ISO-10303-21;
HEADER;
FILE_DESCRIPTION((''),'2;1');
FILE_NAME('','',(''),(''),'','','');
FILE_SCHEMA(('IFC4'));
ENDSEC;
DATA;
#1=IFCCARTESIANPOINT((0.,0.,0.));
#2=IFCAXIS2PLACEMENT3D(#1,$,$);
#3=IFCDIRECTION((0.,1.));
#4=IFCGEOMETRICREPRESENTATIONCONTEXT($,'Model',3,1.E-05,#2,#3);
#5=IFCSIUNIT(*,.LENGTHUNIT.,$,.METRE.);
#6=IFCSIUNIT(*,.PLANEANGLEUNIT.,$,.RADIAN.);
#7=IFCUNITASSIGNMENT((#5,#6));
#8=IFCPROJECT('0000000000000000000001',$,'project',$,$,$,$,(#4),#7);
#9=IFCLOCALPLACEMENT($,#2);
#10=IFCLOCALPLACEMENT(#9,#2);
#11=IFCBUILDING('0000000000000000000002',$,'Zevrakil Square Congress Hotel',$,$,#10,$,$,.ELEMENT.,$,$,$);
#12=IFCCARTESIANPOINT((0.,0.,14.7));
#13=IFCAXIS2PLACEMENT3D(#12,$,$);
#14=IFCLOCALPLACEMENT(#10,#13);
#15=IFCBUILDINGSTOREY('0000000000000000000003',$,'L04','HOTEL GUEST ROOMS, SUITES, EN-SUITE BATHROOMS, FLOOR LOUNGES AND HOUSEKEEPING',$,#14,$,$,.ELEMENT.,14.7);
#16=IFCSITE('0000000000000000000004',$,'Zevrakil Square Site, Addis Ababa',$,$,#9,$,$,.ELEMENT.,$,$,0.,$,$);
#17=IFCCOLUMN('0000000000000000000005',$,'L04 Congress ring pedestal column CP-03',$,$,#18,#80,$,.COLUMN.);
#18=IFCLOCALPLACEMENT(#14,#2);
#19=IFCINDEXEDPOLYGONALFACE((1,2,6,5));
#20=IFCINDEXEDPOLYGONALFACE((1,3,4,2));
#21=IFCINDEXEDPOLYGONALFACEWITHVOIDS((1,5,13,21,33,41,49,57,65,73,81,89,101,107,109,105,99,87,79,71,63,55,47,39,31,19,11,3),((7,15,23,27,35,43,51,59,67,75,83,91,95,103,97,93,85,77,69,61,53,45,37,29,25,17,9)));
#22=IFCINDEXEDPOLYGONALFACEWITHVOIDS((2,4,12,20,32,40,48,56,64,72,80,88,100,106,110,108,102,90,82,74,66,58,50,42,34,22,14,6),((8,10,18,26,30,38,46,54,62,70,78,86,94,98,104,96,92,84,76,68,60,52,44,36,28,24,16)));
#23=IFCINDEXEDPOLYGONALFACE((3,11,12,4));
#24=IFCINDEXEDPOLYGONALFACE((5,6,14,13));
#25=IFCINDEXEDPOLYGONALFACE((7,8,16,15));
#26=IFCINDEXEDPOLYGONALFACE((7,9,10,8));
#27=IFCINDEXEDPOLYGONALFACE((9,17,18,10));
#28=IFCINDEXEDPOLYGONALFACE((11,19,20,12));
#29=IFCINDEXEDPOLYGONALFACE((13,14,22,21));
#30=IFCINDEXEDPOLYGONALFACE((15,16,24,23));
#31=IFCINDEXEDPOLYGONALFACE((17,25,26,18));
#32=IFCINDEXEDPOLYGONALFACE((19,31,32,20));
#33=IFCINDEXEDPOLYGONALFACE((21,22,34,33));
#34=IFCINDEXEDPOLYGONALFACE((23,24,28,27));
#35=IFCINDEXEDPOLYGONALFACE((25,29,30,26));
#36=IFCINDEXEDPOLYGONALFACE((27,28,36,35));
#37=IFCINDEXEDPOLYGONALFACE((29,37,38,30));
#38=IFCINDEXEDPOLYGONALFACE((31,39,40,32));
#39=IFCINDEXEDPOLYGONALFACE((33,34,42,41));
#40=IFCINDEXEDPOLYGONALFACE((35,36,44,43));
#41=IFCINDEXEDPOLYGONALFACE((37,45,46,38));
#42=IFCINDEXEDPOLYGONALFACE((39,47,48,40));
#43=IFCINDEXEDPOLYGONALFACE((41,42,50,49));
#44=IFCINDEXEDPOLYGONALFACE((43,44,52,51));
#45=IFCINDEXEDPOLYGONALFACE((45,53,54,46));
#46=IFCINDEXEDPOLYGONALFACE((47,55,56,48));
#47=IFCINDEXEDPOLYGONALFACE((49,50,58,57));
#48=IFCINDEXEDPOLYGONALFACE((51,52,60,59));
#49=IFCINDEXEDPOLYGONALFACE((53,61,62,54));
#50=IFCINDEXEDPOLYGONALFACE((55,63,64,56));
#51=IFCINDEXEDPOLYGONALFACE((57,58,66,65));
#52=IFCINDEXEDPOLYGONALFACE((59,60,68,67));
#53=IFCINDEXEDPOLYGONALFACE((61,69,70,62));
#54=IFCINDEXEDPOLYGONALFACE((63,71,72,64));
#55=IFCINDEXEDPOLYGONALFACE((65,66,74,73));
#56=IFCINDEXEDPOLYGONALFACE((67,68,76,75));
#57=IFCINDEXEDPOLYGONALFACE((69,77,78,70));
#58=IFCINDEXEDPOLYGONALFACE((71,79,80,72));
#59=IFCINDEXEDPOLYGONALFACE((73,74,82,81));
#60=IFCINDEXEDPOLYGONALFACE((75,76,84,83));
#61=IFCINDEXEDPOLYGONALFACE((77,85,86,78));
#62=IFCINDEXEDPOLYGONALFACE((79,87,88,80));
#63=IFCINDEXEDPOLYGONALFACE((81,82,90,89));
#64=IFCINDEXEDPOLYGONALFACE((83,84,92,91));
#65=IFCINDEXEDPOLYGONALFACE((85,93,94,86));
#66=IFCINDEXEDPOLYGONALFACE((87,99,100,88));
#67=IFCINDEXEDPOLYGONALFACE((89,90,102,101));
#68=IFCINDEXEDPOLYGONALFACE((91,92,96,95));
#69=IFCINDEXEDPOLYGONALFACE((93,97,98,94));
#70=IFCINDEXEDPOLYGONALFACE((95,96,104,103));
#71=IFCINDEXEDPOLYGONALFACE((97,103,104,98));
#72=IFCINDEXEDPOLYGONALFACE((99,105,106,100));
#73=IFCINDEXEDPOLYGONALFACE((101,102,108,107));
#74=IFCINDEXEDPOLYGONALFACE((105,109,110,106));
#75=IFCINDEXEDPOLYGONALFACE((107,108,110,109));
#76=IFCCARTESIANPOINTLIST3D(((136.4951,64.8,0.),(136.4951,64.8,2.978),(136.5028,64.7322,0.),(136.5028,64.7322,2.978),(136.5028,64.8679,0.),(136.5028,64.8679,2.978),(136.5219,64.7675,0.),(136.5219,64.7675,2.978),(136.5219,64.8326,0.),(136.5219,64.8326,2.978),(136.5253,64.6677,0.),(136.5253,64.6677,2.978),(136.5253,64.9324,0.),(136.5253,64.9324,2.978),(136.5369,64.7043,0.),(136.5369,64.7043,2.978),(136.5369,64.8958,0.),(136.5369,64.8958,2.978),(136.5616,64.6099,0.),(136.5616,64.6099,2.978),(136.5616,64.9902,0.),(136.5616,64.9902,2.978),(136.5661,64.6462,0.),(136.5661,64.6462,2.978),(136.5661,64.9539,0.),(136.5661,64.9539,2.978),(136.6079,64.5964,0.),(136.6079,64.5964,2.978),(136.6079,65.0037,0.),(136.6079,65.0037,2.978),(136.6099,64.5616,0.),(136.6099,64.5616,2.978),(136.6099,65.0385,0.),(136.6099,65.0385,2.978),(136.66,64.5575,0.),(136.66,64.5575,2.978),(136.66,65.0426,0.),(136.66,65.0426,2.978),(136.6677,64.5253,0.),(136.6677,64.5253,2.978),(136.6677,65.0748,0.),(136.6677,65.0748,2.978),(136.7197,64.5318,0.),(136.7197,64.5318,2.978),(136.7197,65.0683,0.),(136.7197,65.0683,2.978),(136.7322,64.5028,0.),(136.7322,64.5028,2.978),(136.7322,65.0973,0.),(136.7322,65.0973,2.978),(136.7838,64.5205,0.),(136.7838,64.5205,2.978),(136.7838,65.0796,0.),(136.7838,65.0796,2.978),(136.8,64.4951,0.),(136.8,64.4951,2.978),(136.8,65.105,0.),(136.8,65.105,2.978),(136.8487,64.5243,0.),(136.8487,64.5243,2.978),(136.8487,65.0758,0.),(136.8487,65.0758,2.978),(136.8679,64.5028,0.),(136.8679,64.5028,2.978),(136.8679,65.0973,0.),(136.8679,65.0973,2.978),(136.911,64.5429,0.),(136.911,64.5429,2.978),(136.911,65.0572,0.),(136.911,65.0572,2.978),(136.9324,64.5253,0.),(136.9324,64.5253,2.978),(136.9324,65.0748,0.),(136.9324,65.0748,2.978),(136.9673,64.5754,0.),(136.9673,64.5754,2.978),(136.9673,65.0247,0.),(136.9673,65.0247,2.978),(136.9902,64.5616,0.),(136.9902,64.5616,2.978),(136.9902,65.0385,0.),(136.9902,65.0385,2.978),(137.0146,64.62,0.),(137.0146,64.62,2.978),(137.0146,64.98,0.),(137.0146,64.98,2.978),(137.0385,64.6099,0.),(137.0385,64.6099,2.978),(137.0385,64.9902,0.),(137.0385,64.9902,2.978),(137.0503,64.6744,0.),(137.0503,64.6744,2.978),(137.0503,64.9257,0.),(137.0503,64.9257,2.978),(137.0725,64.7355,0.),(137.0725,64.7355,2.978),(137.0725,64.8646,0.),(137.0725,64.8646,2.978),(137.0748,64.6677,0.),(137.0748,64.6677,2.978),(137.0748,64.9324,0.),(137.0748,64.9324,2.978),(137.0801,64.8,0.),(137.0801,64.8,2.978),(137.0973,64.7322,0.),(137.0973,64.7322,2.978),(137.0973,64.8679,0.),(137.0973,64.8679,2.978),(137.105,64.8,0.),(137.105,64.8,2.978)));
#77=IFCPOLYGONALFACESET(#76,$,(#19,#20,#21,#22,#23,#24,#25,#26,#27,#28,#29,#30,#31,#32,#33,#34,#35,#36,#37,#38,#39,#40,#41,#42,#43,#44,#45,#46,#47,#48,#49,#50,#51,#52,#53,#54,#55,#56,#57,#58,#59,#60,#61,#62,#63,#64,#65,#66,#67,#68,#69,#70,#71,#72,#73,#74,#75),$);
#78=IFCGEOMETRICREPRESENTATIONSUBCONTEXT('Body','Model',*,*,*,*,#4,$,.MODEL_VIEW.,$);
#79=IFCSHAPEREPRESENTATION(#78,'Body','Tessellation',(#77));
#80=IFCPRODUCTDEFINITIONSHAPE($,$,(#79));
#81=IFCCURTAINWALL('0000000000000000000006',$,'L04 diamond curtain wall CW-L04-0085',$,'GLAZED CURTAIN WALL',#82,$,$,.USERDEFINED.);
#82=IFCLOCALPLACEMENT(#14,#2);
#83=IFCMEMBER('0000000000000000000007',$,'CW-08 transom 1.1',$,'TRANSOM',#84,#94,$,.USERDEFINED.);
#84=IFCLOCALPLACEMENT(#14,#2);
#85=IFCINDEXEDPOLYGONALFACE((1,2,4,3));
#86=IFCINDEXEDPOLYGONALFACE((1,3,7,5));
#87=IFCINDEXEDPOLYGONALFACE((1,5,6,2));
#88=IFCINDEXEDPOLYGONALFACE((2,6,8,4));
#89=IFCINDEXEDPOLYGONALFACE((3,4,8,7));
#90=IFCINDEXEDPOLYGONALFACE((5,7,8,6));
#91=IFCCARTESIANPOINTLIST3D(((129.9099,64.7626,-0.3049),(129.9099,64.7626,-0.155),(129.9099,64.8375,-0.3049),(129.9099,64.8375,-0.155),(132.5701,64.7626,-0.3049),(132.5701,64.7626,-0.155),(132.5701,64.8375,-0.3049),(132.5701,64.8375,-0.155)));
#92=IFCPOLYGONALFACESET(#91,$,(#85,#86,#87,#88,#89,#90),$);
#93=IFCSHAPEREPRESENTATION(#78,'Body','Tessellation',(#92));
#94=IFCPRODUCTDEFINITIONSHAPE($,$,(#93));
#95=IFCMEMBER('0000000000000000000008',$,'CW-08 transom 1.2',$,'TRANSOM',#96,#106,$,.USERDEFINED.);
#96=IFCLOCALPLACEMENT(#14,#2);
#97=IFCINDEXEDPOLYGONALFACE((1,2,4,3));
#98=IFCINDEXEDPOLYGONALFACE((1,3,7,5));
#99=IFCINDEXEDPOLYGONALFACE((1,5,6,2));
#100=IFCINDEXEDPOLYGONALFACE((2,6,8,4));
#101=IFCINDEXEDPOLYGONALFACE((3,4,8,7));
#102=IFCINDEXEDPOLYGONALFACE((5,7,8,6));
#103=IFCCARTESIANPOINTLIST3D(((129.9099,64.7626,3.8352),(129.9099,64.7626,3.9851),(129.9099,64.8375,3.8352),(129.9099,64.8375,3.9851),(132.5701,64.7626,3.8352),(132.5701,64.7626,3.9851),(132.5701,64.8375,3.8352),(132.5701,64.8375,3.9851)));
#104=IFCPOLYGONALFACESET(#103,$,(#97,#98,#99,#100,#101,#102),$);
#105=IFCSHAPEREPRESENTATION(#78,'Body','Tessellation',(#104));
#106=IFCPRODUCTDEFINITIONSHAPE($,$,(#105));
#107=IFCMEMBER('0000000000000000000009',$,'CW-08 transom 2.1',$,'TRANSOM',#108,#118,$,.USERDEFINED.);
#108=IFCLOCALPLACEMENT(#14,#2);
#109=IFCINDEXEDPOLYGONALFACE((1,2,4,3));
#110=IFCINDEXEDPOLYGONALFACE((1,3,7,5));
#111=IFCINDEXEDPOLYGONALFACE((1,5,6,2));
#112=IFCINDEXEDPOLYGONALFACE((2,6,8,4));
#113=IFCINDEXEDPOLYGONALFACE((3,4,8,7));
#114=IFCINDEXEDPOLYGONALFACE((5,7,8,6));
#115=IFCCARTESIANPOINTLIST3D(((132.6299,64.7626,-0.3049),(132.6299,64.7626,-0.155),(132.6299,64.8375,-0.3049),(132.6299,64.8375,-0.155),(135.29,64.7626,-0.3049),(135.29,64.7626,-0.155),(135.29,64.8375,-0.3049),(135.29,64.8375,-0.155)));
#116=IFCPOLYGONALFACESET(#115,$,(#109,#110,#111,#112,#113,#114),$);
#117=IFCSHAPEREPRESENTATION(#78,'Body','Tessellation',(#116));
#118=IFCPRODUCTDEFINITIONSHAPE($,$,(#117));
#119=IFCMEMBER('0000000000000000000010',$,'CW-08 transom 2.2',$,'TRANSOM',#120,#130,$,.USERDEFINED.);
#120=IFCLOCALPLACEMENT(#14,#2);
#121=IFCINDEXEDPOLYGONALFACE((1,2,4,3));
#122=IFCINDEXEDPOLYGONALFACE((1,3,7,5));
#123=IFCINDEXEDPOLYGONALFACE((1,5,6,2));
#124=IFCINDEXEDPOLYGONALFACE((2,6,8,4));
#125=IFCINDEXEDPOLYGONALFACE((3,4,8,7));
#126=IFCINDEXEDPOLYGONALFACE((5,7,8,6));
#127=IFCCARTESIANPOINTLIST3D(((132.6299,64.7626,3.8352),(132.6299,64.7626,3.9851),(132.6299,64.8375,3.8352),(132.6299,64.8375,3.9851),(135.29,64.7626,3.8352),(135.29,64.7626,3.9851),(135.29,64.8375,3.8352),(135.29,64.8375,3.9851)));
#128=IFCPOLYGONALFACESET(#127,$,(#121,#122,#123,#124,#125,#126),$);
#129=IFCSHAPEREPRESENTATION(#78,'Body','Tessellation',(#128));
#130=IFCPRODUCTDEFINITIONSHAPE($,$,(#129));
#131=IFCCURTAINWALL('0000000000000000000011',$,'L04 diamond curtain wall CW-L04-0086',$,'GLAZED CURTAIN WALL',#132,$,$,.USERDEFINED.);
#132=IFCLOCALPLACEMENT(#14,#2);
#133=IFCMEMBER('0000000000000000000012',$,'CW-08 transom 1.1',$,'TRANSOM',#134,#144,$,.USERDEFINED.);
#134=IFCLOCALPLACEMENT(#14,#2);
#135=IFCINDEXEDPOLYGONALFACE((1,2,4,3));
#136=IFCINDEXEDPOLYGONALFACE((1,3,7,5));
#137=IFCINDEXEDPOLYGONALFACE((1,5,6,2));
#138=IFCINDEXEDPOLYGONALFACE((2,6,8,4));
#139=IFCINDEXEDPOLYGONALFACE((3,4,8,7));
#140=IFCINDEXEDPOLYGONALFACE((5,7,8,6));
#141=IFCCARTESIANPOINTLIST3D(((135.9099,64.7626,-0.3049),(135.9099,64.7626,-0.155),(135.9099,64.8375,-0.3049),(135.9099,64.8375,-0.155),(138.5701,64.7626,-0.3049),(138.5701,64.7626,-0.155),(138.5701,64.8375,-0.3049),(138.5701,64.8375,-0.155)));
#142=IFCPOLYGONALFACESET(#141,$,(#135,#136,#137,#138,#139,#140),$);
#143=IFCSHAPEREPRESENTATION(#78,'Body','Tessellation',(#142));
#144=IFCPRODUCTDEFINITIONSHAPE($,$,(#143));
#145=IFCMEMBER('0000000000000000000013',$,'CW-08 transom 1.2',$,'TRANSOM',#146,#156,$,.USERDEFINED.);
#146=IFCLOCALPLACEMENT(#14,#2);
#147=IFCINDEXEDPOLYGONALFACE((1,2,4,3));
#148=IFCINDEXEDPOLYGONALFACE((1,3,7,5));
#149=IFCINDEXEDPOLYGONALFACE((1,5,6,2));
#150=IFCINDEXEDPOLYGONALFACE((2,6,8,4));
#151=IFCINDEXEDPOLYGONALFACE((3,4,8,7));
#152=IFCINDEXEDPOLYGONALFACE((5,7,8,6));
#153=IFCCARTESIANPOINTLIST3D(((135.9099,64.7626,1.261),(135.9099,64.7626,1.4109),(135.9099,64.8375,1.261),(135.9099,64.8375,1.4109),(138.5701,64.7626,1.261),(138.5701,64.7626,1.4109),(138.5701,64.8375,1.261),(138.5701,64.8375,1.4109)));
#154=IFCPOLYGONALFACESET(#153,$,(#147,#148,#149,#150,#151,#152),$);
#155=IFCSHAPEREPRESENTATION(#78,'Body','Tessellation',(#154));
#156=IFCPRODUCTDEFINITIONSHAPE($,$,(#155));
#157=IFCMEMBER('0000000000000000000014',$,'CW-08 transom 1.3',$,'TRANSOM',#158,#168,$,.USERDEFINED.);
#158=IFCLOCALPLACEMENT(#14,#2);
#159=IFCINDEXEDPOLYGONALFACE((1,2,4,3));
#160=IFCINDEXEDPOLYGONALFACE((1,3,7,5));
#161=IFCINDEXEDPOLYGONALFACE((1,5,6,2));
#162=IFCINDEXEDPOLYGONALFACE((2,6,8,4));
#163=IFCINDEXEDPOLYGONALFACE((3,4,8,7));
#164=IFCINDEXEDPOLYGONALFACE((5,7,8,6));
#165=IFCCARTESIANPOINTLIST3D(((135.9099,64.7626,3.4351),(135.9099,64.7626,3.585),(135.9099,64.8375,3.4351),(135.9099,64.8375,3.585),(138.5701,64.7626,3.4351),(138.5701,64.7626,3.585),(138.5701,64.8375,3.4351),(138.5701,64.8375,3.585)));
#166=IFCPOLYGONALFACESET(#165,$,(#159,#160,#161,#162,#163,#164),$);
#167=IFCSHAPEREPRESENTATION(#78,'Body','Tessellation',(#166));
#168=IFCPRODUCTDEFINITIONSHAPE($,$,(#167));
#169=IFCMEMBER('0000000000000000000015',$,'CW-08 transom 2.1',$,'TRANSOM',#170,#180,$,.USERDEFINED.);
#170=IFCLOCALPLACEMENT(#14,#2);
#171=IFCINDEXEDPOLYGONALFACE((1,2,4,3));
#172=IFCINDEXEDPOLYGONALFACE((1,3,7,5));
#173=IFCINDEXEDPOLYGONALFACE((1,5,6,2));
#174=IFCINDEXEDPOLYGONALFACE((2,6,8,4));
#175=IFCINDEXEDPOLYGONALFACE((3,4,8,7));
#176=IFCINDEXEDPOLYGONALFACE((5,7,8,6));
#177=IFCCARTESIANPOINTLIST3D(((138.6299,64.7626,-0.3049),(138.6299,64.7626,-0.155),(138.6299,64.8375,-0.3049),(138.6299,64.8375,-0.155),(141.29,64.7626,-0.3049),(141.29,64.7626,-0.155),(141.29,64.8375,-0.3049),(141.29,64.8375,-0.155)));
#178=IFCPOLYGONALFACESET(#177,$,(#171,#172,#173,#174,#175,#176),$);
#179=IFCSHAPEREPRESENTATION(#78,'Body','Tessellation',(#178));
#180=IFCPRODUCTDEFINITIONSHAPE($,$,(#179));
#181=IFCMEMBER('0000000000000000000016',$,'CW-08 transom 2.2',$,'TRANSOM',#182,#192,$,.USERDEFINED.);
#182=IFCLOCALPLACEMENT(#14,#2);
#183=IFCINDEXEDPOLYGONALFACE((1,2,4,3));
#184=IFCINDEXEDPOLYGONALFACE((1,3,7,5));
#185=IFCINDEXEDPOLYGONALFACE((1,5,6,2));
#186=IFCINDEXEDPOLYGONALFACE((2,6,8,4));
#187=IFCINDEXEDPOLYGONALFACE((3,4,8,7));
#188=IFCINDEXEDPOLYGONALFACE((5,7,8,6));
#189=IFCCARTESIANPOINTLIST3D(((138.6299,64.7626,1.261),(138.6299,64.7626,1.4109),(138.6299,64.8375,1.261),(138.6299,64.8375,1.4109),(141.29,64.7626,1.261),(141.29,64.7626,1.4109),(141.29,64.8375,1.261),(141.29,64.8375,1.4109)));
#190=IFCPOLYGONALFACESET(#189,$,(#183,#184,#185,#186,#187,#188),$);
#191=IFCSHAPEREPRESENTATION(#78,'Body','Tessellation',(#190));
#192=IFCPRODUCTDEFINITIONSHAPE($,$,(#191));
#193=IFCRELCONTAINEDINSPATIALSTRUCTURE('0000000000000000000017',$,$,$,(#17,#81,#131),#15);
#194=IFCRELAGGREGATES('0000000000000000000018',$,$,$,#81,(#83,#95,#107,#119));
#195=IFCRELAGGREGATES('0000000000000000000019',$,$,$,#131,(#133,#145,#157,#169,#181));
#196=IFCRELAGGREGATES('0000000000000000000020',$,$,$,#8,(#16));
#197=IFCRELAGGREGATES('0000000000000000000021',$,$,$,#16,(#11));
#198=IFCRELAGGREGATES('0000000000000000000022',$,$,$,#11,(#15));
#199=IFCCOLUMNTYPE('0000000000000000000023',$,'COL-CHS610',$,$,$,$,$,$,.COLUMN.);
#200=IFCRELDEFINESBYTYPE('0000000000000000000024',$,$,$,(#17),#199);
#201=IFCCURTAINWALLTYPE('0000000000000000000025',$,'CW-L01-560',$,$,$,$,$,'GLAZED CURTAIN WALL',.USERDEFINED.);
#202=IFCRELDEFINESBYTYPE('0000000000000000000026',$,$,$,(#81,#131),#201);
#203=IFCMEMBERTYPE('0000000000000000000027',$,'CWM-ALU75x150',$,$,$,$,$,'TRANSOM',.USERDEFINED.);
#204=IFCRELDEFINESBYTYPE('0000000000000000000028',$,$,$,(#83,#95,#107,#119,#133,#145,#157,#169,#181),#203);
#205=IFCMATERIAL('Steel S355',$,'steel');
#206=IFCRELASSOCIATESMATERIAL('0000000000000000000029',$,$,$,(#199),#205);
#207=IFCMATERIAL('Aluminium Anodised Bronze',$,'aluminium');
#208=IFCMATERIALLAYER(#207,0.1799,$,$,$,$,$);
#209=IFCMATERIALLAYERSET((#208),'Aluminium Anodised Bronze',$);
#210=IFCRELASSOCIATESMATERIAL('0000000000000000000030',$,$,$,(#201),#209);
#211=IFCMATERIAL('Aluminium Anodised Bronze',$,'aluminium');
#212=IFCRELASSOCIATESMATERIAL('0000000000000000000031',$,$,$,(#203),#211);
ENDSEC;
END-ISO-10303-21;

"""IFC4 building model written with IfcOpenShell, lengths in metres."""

from ifc_helpers import new_model, si_unit, direction, frame, origin, origin_2d, place, context, subcontext, project, spatial, rectangle, hollow_circle, extrude, material, layer, layer_set, material_profile, profile_set, type_object, element, aggregate, save


model = new_model("IFC4")

# Units and contexts
model_context = context("Model", 3, precision=1e-05, world=origin(), true_north=direction((0.0, 1.0)))
body_context = subcontext(model_context, "Body", "Model", "MODEL_VIEW")
ifc_project = project(units=[si_unit("LENGTHUNIT", "METRE"), si_unit("PLANEANGLEUNIT", "RADIAN")], contexts=[model_context])

# Site, building, storey
site_placement = place(None, origin())
site = spatial("IfcSite", under=ifc_project, at=site_placement, Name="Zevrakil Square Site, Addis Ababa", CompositionType="ELEMENT", RefElevation=0.0)
building_placement = place(site_placement, origin())
building = spatial("IfcBuilding", under=site, at=building_placement, Name="Zevrakil Square Congress Hotel", CompositionType="ELEMENT")
storey_placement = place(building_placement, frame((0.0, 0.0, 14.7)))
storey = spatial("IfcBuildingStorey", under=building, at=storey_placement, Name="L04", Description="HOTEL GUEST ROOMS, SUITES, EN-SUITE BATHROOMS, FLOOR LOUNGES AND HOUSEKEEPING", CompositionType="ELEMENT", Elevation=14.7)

# Column
ifc_material_1 = material(Name="Steel S355", Category="steel")
ifc_material_profile_1 = material_profile(ifc_material_1, hollow_circle(Radius=0.3049, WallThickness=0.0249, at=origin_2d()), Name="CHS 610x25")
ifc_profile_set_1 = profile_set([ifc_material_profile_1], Name="Steel S355")
column_type = type_object("IfcColumnType", Name="COL-CHS610", PredefinedType="COLUMN", material=ifc_profile_set_1)
column_placement = place(storey_placement, frame((136.8, 64.8, 0.0), z_axis=(0.0, 0.0, 1.0), x_axis=(1.0, 0.0, 0.0)))
element("IfcColumn", 1, at=column_placement, inside=storey, type_object=column_type, Name="L04 Congress ring pedestal column CP-03", PredefinedType="COLUMN", context=body_context, shape_type="SweptSolid", body=[
    extrude(hollow_circle(Radius=0.3049, WallThickness=0.0249, at=origin_2d()), origin(), (0.0, 0.0, 1.0), 2.978),
])

# Curtain walls, members
ifc_material_2 = material(Name="Aluminium Anodised Bronze", Category="aluminium")
ifc_layer_1 = layer(ifc_material_2, 0.1799)
ifc_layer_set_1 = layer_set([ifc_layer_1], Name="Aluminium Anodised Bronze")
curtain_wall_type = type_object("IfcCurtainWallType", Name="CW-L01-560", ElementType="GLAZED CURTAIN WALL", PredefinedType="USERDEFINED", material=ifc_layer_set_1)
curtain_wall_1_placement = place(storey_placement, origin())
curtain_wall_1 = element("IfcCurtainWall", 2, at=curtain_wall_1_placement, inside=storey, type_object=curtain_wall_type, Name="L04 diamond curtain wall CW-L04-0085", ObjectType="GLAZED CURTAIN WALL", PredefinedType="USERDEFINED")
ifc_material_3 = material(Name="Aluminium Anodised Bronze", Category="aluminium")
ifc_material_profile_2 = material_profile(ifc_material_3, rectangle(XDim=0.075, YDim=0.1499, at=origin_2d()), Name="ALU 75x150")
ifc_profile_set_2 = profile_set([ifc_material_profile_2], Name="Aluminium Anodised Bronze")
member_type_1 = type_object("IfcMemberType", Name="CWM-ALU75x150", ElementType="TRANSOM", PredefinedType="USERDEFINED", material=ifc_profile_set_2)
member_1_placement = place(storey_placement, frame((129.9099, 64.8, -0.23), z_axis=(1.0, 0.0, 0.0), x_axis=(0.0, 1.0, 0.0)))
member_1 = element("IfcMember", 3, at=member_1_placement, type_object=member_type_1, Name="CW-08 transom 1.1", ObjectType="TRANSOM", PredefinedType="USERDEFINED", context=body_context, shape_type="SweptSolid", body=[
    extrude(rectangle(XDim=0.075, YDim=0.1499, at=origin_2d()), origin(), (0.0, 0.0, 1.0), 2.6602),
])
member_2_placement = place(storey_placement, frame((129.9099, 64.8, 3.9102), z_axis=(1.0, 0.0, 0.0), x_axis=(0.0, 1.0, 0.0)))
member_2 = element("IfcMember", 4, at=member_2_placement, type_object=member_type_1, Name="CW-08 transom 1.2", ObjectType="TRANSOM", PredefinedType="USERDEFINED", context=body_context, shape_type="SweptSolid", body=[
    extrude(rectangle(XDim=0.075, YDim=0.1499, at=origin_2d()), origin(), (0.0, 0.0, 1.0), 2.6602),
])
member_3_placement = place(storey_placement, frame((132.6299, 64.8, -0.23), z_axis=(1.0, 0.0, 0.0), x_axis=(0.0, 1.0, 0.0)))
member_3 = element("IfcMember", 5, at=member_3_placement, type_object=member_type_1, Name="CW-08 transom 2.1", ObjectType="TRANSOM", PredefinedType="USERDEFINED", context=body_context, shape_type="SweptSolid", body=[
    extrude(rectangle(XDim=0.075, YDim=0.1499, at=origin_2d()), origin(), (0.0, 0.0, 1.0), 2.6602),
])
member_4_placement = place(storey_placement, frame((132.6299, 64.8, 3.9102), z_axis=(1.0, 0.0, 0.0), x_axis=(0.0, 1.0, 0.0)))
member_4 = element("IfcMember", 6, at=member_4_placement, type_object=member_type_1, Name="CW-08 transom 2.2", ObjectType="TRANSOM", PredefinedType="USERDEFINED", context=body_context, shape_type="SweptSolid", body=[
    extrude(rectangle(XDim=0.075, YDim=0.1499, at=origin_2d()), origin(), (0.0, 0.0, 1.0), 2.6602),
])
curtain_wall_2_placement = place(storey_placement, origin())
curtain_wall_2 = element("IfcCurtainWall", 7, at=curtain_wall_2_placement, inside=storey, type_object=curtain_wall_type, Name="L04 diamond curtain wall CW-L04-0086", ObjectType="GLAZED CURTAIN WALL", PredefinedType="USERDEFINED")
member_5_placement = place(storey_placement, frame((135.9099, 64.8, -0.23), z_axis=(1.0, 0.0, 0.0), x_axis=(0.0, 1.0, 0.0)))
member_5 = element("IfcMember", 8, at=member_5_placement, type_object=member_type_1, Name="CW-08 transom 1.1", ObjectType="TRANSOM", PredefinedType="USERDEFINED", context=body_context, shape_type="SweptSolid", body=[
    extrude(rectangle(XDim=0.075, YDim=0.1499, at=origin_2d()), origin(), (0.0, 0.0, 1.0), 2.6602),
])
member_6_placement = place(storey_placement, frame((135.9099, 64.8, 1.3359), z_axis=(1.0, 0.0, 0.0), x_axis=(0.0, 1.0, 0.0)))
member_6 = element("IfcMember", 9, at=member_6_placement, type_object=member_type_1, Name="CW-08 transom 1.2", ObjectType="TRANSOM", PredefinedType="USERDEFINED", context=body_context, shape_type="SweptSolid", body=[
    extrude(rectangle(XDim=0.075, YDim=0.1499, at=origin_2d()), origin(), (0.0, 0.0, 1.0), 2.6602),
])
member_7_placement = place(storey_placement, frame((135.9099, 64.8, 3.51), z_axis=(1.0, 0.0, 0.0), x_axis=(0.0, 1.0, 0.0)))
member_7 = element("IfcMember", 10, at=member_7_placement, type_object=member_type_1, Name="CW-08 transom 1.3", ObjectType="TRANSOM", PredefinedType="USERDEFINED", context=body_context, shape_type="SweptSolid", body=[
    extrude(rectangle(XDim=0.075, YDim=0.1499, at=origin_2d()), origin(), (0.0, 0.0, 1.0), 2.6602),
])
member_8_placement = place(storey_placement, frame((138.6299, 64.8, -0.23), z_axis=(1.0, 0.0, 0.0), x_axis=(0.0, 1.0, 0.0)))
member_8 = element("IfcMember", 11, at=member_8_placement, type_object=member_type_1, Name="CW-08 transom 2.1", ObjectType="TRANSOM", PredefinedType="USERDEFINED", context=body_context, shape_type="SweptSolid", body=[
    extrude(rectangle(XDim=0.075, YDim=0.1499, at=origin_2d()), origin(), (0.0, 0.0, 1.0), 2.6602),
])
member_9_placement = place(storey_placement, frame((138.6299, 64.8, 1.3359), z_axis=(1.0, 0.0, 0.0), x_axis=(0.0, 1.0, 0.0)))
member_9 = element("IfcMember", 12, at=member_9_placement, type_object=member_type_1, Name="CW-08 transom 2.2", ObjectType="TRANSOM", PredefinedType="USERDEFINED", context=body_context, shape_type="SweptSolid", body=[
    extrude(rectangle(XDim=0.075, YDim=0.1499, at=origin_2d()), origin(), (0.0, 0.0, 1.0), 2.6602),
])

aggregate(curtain_wall_1, [member_1, member_2, member_3, member_4])
aggregate(curtain_wall_2, [member_5, member_6, member_7, member_8, member_9])

save(model, "model.ifc")
